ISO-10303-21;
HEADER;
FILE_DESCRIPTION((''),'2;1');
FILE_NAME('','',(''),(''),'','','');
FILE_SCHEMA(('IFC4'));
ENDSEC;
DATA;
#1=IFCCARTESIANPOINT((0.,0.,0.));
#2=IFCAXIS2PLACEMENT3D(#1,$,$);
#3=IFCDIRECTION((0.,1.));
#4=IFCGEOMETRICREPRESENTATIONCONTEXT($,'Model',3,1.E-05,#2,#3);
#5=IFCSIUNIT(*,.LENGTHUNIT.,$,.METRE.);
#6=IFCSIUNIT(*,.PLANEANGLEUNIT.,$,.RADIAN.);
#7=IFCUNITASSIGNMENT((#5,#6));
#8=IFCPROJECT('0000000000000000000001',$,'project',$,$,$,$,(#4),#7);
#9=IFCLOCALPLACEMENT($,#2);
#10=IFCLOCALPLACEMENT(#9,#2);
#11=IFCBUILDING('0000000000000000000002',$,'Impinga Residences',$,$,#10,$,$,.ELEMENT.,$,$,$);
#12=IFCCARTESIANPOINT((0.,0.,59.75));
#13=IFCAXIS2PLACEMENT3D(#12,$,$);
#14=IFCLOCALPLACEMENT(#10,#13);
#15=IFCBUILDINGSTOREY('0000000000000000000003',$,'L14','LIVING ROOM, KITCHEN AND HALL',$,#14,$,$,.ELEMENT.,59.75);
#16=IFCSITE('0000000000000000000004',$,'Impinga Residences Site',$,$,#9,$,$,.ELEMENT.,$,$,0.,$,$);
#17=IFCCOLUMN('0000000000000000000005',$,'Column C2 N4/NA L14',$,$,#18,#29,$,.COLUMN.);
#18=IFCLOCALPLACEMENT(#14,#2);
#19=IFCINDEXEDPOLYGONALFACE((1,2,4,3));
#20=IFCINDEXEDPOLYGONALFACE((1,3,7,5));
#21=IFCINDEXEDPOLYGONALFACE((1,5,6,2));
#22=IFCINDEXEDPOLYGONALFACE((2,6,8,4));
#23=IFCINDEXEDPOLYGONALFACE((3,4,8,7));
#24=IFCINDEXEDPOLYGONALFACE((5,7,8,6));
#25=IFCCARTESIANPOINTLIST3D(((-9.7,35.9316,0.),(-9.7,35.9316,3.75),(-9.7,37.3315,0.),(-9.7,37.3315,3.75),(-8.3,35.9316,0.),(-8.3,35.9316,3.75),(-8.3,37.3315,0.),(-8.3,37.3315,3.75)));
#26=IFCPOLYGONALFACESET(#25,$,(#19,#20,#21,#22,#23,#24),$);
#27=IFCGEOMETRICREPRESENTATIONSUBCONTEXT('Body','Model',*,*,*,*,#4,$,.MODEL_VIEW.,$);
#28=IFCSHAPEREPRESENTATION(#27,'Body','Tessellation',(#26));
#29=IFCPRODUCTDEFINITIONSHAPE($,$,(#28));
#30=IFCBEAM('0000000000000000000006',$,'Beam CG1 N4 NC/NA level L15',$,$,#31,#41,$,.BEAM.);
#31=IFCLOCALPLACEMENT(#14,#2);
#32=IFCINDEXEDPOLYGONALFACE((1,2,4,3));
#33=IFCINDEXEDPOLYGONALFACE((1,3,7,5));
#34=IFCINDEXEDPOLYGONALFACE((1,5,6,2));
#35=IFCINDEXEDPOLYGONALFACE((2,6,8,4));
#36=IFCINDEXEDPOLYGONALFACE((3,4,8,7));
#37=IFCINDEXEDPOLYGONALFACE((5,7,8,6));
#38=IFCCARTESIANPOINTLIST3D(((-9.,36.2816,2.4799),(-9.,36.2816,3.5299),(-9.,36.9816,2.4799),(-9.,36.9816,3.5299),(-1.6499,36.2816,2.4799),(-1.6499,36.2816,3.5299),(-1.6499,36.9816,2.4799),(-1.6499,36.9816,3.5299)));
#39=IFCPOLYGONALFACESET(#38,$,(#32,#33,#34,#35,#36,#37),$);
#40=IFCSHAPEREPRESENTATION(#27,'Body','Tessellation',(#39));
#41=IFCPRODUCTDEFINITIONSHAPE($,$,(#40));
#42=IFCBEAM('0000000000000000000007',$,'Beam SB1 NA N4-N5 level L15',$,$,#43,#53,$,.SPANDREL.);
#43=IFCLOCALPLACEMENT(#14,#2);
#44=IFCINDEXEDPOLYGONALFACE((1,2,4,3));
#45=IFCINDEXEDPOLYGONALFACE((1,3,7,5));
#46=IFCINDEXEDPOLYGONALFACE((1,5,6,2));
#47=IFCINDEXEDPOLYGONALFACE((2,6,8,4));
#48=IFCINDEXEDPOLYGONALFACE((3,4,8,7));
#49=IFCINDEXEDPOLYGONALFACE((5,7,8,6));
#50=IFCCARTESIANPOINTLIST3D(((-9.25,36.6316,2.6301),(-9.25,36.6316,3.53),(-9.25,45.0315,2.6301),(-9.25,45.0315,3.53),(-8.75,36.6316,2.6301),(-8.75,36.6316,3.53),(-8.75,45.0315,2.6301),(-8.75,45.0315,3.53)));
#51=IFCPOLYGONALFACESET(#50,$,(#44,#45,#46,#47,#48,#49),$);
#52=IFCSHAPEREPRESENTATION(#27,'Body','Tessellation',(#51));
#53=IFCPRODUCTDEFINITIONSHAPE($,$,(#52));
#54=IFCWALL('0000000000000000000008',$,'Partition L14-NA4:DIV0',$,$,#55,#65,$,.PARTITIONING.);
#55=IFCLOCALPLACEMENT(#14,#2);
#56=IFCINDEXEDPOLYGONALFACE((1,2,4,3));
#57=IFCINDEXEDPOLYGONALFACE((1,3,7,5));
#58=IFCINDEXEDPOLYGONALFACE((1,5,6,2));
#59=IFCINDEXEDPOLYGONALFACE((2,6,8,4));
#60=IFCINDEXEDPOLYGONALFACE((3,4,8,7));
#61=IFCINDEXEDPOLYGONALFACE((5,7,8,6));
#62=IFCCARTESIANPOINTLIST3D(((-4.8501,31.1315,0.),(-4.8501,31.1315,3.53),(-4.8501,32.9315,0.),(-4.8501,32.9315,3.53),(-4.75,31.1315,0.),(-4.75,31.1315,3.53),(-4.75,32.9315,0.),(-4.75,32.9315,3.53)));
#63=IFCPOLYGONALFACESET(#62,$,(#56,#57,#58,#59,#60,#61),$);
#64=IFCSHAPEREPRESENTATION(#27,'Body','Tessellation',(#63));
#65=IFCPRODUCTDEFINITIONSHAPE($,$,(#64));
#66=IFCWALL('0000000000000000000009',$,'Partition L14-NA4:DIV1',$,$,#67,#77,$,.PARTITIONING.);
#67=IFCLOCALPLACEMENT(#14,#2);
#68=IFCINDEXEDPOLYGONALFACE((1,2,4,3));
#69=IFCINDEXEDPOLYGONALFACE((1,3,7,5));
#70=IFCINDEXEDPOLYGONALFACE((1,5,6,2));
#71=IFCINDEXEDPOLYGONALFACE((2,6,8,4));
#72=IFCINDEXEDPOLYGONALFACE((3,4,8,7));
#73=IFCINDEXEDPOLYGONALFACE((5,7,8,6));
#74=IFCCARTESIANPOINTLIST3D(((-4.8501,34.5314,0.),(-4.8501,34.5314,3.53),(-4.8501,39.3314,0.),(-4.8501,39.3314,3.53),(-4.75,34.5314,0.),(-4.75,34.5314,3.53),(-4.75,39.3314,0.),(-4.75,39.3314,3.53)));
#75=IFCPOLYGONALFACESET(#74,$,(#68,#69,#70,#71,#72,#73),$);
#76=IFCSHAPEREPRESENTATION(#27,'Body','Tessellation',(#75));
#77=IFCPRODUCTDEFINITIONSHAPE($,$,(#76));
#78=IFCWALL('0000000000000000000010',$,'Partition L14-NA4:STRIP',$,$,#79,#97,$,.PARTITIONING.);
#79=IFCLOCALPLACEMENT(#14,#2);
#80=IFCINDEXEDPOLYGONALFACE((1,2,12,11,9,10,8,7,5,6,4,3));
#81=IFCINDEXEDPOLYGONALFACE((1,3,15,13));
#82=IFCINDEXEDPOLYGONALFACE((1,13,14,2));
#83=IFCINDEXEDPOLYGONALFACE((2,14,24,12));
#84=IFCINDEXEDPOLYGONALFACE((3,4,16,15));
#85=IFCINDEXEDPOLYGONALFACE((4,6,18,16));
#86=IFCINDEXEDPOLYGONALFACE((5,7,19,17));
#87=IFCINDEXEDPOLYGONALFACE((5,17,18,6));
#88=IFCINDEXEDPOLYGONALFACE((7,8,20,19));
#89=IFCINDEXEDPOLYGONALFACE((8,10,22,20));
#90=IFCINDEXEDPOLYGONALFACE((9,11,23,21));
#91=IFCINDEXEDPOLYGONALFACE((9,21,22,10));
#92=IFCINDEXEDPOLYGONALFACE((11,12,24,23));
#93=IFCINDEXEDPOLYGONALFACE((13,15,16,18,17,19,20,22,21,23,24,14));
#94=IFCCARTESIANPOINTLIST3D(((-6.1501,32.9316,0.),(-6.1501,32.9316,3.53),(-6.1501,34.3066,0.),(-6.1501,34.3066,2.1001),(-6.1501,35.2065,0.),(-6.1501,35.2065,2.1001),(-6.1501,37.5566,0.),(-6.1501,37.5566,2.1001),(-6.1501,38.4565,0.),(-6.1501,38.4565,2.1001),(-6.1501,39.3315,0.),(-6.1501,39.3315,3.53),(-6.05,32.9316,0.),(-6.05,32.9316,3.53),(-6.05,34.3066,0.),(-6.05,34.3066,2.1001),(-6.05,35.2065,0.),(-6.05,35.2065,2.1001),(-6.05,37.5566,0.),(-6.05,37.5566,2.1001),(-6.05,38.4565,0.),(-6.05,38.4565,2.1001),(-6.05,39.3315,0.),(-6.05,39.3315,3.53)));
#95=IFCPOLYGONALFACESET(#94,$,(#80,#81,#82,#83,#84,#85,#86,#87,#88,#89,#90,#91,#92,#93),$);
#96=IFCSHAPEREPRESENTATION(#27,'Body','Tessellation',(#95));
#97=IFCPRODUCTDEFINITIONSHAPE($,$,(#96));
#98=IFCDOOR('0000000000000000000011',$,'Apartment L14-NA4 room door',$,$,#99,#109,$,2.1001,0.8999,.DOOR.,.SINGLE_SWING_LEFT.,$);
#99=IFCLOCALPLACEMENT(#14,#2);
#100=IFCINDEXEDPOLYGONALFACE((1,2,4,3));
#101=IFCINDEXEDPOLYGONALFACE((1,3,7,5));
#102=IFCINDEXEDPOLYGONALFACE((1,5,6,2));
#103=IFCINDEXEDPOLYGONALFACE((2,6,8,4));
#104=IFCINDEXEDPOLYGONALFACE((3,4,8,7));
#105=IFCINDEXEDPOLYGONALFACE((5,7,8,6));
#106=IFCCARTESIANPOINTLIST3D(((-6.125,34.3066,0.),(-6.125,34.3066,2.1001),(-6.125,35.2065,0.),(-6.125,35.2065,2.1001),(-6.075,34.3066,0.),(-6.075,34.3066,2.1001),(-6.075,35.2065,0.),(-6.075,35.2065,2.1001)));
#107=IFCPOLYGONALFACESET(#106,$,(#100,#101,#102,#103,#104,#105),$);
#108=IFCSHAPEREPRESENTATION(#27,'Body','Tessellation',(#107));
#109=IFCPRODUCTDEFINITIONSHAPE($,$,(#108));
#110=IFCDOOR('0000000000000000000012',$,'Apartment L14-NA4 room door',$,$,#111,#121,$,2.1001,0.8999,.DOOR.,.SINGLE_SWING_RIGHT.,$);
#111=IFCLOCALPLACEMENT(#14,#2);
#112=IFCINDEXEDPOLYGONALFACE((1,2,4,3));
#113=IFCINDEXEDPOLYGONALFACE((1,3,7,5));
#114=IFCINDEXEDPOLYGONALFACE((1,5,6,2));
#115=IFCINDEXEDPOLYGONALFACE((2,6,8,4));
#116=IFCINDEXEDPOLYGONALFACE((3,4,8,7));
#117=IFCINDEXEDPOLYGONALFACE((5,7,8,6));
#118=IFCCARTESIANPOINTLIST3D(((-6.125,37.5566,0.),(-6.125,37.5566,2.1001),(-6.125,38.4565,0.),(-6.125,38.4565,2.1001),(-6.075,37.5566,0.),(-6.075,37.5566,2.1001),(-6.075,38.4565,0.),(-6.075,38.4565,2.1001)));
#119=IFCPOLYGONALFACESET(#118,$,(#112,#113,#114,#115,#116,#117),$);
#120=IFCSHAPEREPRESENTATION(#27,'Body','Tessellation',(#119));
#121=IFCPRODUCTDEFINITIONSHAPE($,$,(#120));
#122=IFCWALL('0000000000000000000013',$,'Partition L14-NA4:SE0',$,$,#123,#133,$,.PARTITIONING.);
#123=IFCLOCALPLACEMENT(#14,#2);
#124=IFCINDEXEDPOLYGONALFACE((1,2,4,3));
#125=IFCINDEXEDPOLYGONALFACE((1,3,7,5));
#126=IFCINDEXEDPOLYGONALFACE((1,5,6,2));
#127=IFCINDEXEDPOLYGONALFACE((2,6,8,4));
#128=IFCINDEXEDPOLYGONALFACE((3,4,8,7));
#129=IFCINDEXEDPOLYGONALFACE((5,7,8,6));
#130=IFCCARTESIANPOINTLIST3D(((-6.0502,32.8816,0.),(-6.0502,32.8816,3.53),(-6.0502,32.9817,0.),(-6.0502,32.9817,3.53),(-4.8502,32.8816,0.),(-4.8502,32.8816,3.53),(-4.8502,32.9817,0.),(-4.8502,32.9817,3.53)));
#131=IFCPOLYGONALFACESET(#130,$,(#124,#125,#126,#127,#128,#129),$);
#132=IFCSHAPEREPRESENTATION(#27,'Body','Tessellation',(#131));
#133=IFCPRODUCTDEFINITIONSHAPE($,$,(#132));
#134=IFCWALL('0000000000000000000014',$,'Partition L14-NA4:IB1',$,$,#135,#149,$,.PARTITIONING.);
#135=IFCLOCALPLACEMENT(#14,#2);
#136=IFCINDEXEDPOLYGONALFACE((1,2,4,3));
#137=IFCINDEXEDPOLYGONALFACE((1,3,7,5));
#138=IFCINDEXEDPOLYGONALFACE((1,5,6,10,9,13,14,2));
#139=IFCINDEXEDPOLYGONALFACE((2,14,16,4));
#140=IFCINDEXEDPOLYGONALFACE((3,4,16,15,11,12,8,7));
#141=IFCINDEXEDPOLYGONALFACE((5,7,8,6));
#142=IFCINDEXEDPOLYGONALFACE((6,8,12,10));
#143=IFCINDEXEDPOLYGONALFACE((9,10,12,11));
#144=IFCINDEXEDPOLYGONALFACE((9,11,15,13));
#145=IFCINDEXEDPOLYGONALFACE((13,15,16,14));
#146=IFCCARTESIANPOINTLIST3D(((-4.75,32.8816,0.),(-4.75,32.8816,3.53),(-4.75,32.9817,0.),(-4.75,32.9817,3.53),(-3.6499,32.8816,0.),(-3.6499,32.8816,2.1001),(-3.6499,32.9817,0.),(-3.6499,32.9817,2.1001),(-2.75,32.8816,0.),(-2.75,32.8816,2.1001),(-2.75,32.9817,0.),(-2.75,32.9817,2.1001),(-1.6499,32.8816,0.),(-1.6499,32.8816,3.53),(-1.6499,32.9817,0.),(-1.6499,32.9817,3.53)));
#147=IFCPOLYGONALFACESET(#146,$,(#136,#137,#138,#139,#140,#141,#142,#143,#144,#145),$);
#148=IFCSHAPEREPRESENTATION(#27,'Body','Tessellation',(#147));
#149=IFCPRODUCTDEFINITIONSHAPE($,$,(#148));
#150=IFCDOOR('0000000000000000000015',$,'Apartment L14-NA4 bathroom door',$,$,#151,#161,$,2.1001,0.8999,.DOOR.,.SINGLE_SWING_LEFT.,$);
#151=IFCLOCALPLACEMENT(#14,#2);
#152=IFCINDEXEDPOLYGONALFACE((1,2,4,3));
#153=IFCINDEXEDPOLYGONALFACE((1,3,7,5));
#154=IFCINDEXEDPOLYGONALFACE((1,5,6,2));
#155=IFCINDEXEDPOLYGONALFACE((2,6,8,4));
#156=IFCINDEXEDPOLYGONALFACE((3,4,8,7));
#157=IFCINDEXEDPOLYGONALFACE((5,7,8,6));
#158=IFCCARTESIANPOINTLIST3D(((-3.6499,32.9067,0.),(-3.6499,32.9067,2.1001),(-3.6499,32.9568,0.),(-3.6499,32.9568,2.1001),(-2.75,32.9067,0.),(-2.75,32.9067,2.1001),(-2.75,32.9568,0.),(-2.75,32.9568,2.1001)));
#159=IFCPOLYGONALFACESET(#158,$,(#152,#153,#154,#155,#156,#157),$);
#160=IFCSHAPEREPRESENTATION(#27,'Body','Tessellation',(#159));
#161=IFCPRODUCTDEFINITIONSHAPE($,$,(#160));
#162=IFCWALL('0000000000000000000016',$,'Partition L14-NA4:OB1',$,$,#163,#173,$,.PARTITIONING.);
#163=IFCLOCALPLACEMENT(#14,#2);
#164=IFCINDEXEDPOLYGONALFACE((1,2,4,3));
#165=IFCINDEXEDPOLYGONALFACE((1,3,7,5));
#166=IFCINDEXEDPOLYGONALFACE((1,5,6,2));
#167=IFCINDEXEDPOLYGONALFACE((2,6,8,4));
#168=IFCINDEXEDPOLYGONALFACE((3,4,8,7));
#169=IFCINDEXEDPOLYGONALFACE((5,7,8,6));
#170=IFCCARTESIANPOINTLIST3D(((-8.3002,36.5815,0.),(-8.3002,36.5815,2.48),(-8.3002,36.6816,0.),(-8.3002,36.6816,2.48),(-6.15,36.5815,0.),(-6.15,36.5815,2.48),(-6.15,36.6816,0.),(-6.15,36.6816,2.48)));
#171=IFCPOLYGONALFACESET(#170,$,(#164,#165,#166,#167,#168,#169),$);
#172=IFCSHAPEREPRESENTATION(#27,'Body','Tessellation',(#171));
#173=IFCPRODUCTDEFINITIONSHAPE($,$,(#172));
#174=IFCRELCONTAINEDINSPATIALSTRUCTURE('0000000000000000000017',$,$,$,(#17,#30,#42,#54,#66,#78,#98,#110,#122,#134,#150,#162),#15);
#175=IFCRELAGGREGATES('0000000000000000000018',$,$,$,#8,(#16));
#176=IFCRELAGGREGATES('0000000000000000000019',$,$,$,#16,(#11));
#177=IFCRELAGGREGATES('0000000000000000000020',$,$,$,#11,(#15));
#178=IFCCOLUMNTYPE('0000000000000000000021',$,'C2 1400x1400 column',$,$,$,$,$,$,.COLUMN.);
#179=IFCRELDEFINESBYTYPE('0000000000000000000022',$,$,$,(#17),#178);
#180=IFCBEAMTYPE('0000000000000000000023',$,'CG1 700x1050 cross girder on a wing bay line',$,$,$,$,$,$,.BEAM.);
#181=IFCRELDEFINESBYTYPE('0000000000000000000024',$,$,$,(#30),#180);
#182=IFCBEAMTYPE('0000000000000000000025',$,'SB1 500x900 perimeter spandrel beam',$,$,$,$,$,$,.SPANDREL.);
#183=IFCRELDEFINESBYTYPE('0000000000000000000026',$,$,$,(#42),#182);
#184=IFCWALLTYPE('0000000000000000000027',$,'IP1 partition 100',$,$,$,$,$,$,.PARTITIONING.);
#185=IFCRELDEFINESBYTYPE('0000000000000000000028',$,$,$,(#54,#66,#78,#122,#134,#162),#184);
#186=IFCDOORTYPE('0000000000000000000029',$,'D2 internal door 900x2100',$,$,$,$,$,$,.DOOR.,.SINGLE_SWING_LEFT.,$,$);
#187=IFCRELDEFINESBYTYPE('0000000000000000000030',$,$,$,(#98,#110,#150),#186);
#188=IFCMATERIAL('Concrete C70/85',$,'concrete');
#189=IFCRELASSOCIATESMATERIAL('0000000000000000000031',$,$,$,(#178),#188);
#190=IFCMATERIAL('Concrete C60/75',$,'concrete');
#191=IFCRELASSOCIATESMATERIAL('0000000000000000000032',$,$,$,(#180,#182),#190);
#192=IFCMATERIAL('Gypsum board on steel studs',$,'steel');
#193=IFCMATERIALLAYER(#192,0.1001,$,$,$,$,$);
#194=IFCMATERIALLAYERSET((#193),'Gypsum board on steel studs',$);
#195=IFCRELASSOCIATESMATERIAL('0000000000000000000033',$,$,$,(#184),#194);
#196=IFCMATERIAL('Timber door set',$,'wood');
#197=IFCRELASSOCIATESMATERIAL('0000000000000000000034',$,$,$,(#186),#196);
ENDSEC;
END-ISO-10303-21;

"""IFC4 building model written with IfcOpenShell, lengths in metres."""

from ifc_helpers import new_model, si_unit, direction, frame, frame_2d, origin, origin_2d, place, context, subcontext, project, spatial, rectangle, extrude, material, layer, layer_set, material_profile, profile_set, type_object, element, fill, save


model = new_model("IFC4")

# Units and contexts
model_context = context("Model", 3, precision=1e-05, world=origin(), true_north=direction((0.0, 1.0)))
body_context = subcontext(model_context, "Body", "Model", "MODEL_VIEW")
ifc_project = project(units=[si_unit("LENGTHUNIT", "METRE"), si_unit("PLANEANGLEUNIT", "RADIAN")], contexts=[model_context])

# Site, building, storey
site_placement = place(None, origin())
site = spatial("IfcSite", under=ifc_project, at=site_placement, Name="Impinga Residences Site", CompositionType="ELEMENT", RefElevation=0.0)
building_placement = place(site_placement, origin())
building = spatial("IfcBuilding", under=site, at=building_placement, Name="Impinga Residences", CompositionType="ELEMENT")
storey_placement = place(building_placement, frame((0.0, 0.0, 59.75)))
storey = spatial("IfcBuildingStorey", under=building, at=storey_placement, Name="L14", Description="LIVING ROOM, KITCHEN AND HALL", CompositionType="ELEMENT", Elevation=59.75)

# Column
ifc_material_1 = material(Name="Concrete C70/85", Category="concrete")
ifc_material_profile_1 = material_profile(ifc_material_1, rectangle(XDim=1.3999, YDim=1.3999, at=origin_2d()), Name="RC 1400x1400")
ifc_profile_set_1 = profile_set([ifc_material_profile_1], Name="Concrete C70/85")
column_type = type_object("IfcColumnType", Name="C2 1400x1400 column", PredefinedType="COLUMN", material=ifc_profile_set_1)
column_placement = place(storey_placement, frame((-9.0, 36.6316, 0.0), z_axis=(0.0, 0.0, 1.0), x_axis=(1.0, 0.0, 0.0)))
element("IfcColumn", 1, at=column_placement, inside=storey, type_object=column_type, Name="Column C2 N4/NA L14", PredefinedType="COLUMN", context=body_context, shape_type="SweptSolid", body=[
    extrude(rectangle(XDim=1.3999, YDim=1.3999, at=origin_2d()), origin(), (0.0, 0.0, 1.0), 3.75),
])

# Beams
ifc_material_2 = material(Name="Concrete C60/75", Category="concrete")
ifc_material_profile_2 = material_profile(ifc_material_2, rectangle(XDim=0.7, YDim=1.05, at=origin_2d()), Name="RC 700x1050")
ifc_profile_set_2 = profile_set([ifc_material_profile_2], Name="Concrete C60/75")
beam_type_1 = type_object("IfcBeamType", Name="CG1 700x1050 cross girder on a wing bay line", PredefinedType="BEAM", material=ifc_profile_set_2)
beam_1_placement = place(storey_placement, frame((-1.6499, 36.6316, 3.0049), z_axis=(-1.0, 0.0, 0.0), x_axis=(0.0, -1.0, 0.0)))
element("IfcBeam", 2, at=beam_1_placement, inside=storey, type_object=beam_type_1, Name="Beam CG1 N4 NC/NA level L15", PredefinedType="BEAM", context=body_context, shape_type="SweptSolid", body=[
    extrude(rectangle(XDim=0.7, YDim=1.05, at=origin_2d()), origin(), (0.0, 0.0, 1.0), 7.3501),
])
ifc_material_profile_3 = material_profile(ifc_material_2, rectangle(XDim=0.5, YDim=0.8999, at=origin_2d()), Name="RC 500x900")
ifc_profile_set_3 = profile_set([ifc_material_profile_3], Name="Concrete C60/75")
beam_type_2 = type_object("IfcBeamType", Name="SB1 500x900 perimeter spandrel beam", PredefinedType="SPANDREL", material=ifc_profile_set_3)
beam_2_placement = place(storey_placement, frame((-9.0, 36.6316, 3.0801), z_axis=(0.0, 1.0, 0.0), x_axis=(-1.0, 0.0, 0.0)))
element("IfcBeam", 3, at=beam_2_placement, inside=storey, type_object=beam_type_2, Name="Beam SB1 NA N4-N5 level L15", PredefinedType="SPANDREL", context=body_context, shape_type="SweptSolid", body=[
    extrude(rectangle(XDim=0.5, YDim=0.8999, at=origin_2d()), origin(), (0.0, 0.0, 1.0), 8.3999),
])

# Walls
ifc_material_3 = material(Name="Gypsum board on steel studs", Category="steel")
ifc_layer_1 = layer(ifc_material_3, 0.1001)
ifc_layer_set_1 = layer_set([ifc_layer_1], Name="Gypsum board on steel studs")
wall_type_1 = type_object("IfcWallType", Name="IP1 partition 100", PredefinedType="PARTITIONING", material=ifc_layer_set_1)
wall_1_placement = place(storey_placement, frame((-4.8, 31.1316, 0.0), z_axis=(0.0, 0.0, 1.0), x_axis=(0.0, 1.0, 0.0)))
element("IfcWall", 4, at=wall_1_placement, inside=storey, type_object=wall_type_1, Name="Partition L14-NA4:DIV0", PredefinedType="PARTITIONING", context=body_context, shape_type="SweptSolid", body=[
    extrude(rectangle(XDim=1.8, YDim=0.1001, at=frame_2d((0.8999, 0.0))), origin(), (0.0, 0.0, 1.0), 3.53),
])
wall_2_placement = place(storey_placement, frame((-4.8, 34.5315, 0.0), z_axis=(0.0, 0.0, 1.0), x_axis=(0.0, 1.0, 0.0)))
element("IfcWall", 5, at=wall_2_placement, inside=storey, type_object=wall_type_1, Name="Partition L14-NA4:DIV1", PredefinedType="PARTITIONING", context=body_context, shape_type="SweptSolid", body=[
    extrude(rectangle(XDim=4.8, YDim=0.1001, at=frame_2d((2.3999, 0.0))), origin(), (0.0, 0.0, 1.0), 3.53),
])

# Wall, openings, doors
wall_3_placement = place(storey_placement, frame((-6.1001, 32.9316, 0.0), z_axis=(0.0, 0.0, 1.0), x_axis=(0.0, 1.0, 0.0)))
wall_3 = element("IfcWall", 6, at=wall_3_placement, inside=storey, type_object=wall_type_1, Name="Partition L14-NA4:STRIP", PredefinedType="PARTITIONING", context=body_context, shape_type="SweptSolid", body=[
    extrude(rectangle(XDim=6.3999, YDim=0.1001, at=frame_2d((3.2, 0.0))), origin(), (0.0, 0.0, 1.0), 3.53),
])
opening_1_placement = place(wall_3_placement, frame((1.375, 0.0, 0.0)))
opening_1 = element("IfcOpeningElement", 7, at=opening_1_placement, cuts=wall_3, PredefinedType="OPENING", context=body_context, shape_type="SweptSolid", body=[
    extrude(rectangle(XDim=0.8999, YDim=2.1001, at=frame_2d((0.45, 1.05))), frame((0.0, 0.0601, 0.0), z_axis=(0.0, -1.0, 0.0), x_axis=(1.0, 0.0, 0.0)), (0.0, 0.0, 1.0), 0.1201),
])
opening_2_placement = place(wall_3_placement, frame((4.625, 0.0, 0.0)))
opening_2 = element("IfcOpeningElement", 8, at=opening_2_placement, cuts=wall_3, PredefinedType="OPENING", context=body_context, shape_type="SweptSolid", body=[
    extrude(rectangle(XDim=0.8999, YDim=2.1001, at=frame_2d((0.45, 1.05))), frame((0.0, 0.0601, 0.0), z_axis=(0.0, -1.0, 0.0), x_axis=(1.0, 0.0, 0.0)), (0.0, 0.0, 1.0), 0.1201),
])
ifc_material_4 = material(Name="Timber door set", Category="wood")
door_type = type_object("IfcDoorType", Name="D2 internal door 900x2100", OperationType="SINGLE_SWING_LEFT", PredefinedType="DOOR", material=ifc_material_4)
door_1_placement = place(opening_1_placement, origin())
door_1 = element("IfcDoor", 9, at=door_1_placement, inside=storey, type_object=door_type, Name="Apartment L14-NA4 room door", OperationType="SINGLE_SWING_LEFT", OverallHeight=2.1001, OverallWidth=0.8999, PredefinedType="DOOR", context=body_context, shape_type="SweptSolid", body=[
    extrude(rectangle(XDim=0.8999, YDim=2.1001, at=frame_2d((0.45, 1.05))), frame((0.0, 0.0249, 0.0), z_axis=(0.0, -1.0, 0.0), x_axis=(1.0, 0.0, 0.0)), (0.0, 0.0, 1.0), 0.05),
])
fill(opening_1, door_1)
door_2_placement = place(opening_2_placement, origin())
door_2 = element("IfcDoor", 10, at=door_2_placement, inside=storey, type_object=door_type, Name="Apartment L14-NA4 room door", OperationType="SINGLE_SWING_RIGHT", OverallHeight=2.1001, OverallWidth=0.8999, PredefinedType="DOOR", context=body_context, shape_type="SweptSolid", body=[
    extrude(rectangle(XDim=0.8999, YDim=2.1001, at=frame_2d((0.45, 1.05))), frame((0.0, 0.0249, 0.0), z_axis=(0.0, -1.0, 0.0), x_axis=(1.0, 0.0, 0.0)), (0.0, 0.0, 1.0), 0.05),
])
fill(opening_2, door_2)

# Wall
wall_4_placement = place(storey_placement, frame((-4.8501, 32.9316, 0.0), z_axis=(0.0, 0.0, 1.0), x_axis=(-1.0, 0.0, 0.0)))
element("IfcWall", 11, at=wall_4_placement, inside=storey, type_object=wall_type_1, Name="Partition L14-NA4:SE0", PredefinedType="PARTITIONING", context=body_context, shape_type="SweptSolid", body=[
    extrude(rectangle(XDim=1.2, YDim=0.1001, at=frame_2d((0.6001, 0.0))), origin(), (0.0, 0.0, 1.0), 3.53),
])

# Wall, opening, door
wall_5_placement = place(storey_placement, frame((-1.6499, 32.9316, 0.0), z_axis=(0.0, 0.0, 1.0), x_axis=(-1.0, 0.0, 0.0)))
wall_5 = element("IfcWall", 12, at=wall_5_placement, inside=storey, type_object=wall_type_1, Name="Partition L14-NA4:IB1", PredefinedType="PARTITIONING", context=body_context, shape_type="SweptSolid", body=[
    extrude(rectangle(XDim=3.1001, YDim=0.1001, at=frame_2d((1.55, 0.0))), origin(), (0.0, 0.0, 1.0), 3.53),
])
opening_3_placement = place(wall_5_placement, frame((1.1001, 0.0, 0.0)))
opening_3 = element("IfcOpeningElement", 13, at=opening_3_placement, cuts=wall_5, PredefinedType="OPENING", context=body_context, shape_type="SweptSolid", body=[
    extrude(rectangle(XDim=0.8999, YDim=2.1001, at=frame_2d((0.45, 1.05))), frame((0.0, 0.0601, 0.0), z_axis=(0.0, -1.0, 0.0), x_axis=(1.0, 0.0, 0.0)), (0.0, 0.0, 1.0), 0.1201),
])
door_3_placement = place(opening_3_placement, origin())
door_3 = element("IfcDoor", 14, at=door_3_placement, inside=storey, type_object=door_type, Name="Apartment L14-NA4 bathroom door", OperationType="SINGLE_SWING_LEFT", OverallHeight=2.1001, OverallWidth=0.8999, PredefinedType="DOOR", context=body_context, shape_type="SweptSolid", body=[
    extrude(rectangle(XDim=0.8999, YDim=2.1001, at=frame_2d((0.45, 1.05))), frame((0.0, 0.0249, 0.0), z_axis=(0.0, -1.0, 0.0), x_axis=(1.0, 0.0, 0.0)), (0.0, 0.0, 1.0), 0.05),
])
fill(opening_3, door_3)

# Wall
wall_6_placement = place(storey_placement, frame((-6.1499, 36.6316, 0.0), z_axis=(0.0, 0.0, 1.0), x_axis=(-1.0, 0.0, 0.0)))
element("IfcWall", 15, at=wall_6_placement, inside=storey, type_object=wall_type_1, Name="Partition L14-NA4:OB1", PredefinedType="PARTITIONING", context=body_context, shape_type="SweptSolid", body=[
    extrude(rectangle(XDim=2.1501, YDim=0.1001, at=frame_2d((1.0752, 0.0))), origin(), (0.0, 0.0, 1.0), 2.48),
])

save(model, "model.ifc")
